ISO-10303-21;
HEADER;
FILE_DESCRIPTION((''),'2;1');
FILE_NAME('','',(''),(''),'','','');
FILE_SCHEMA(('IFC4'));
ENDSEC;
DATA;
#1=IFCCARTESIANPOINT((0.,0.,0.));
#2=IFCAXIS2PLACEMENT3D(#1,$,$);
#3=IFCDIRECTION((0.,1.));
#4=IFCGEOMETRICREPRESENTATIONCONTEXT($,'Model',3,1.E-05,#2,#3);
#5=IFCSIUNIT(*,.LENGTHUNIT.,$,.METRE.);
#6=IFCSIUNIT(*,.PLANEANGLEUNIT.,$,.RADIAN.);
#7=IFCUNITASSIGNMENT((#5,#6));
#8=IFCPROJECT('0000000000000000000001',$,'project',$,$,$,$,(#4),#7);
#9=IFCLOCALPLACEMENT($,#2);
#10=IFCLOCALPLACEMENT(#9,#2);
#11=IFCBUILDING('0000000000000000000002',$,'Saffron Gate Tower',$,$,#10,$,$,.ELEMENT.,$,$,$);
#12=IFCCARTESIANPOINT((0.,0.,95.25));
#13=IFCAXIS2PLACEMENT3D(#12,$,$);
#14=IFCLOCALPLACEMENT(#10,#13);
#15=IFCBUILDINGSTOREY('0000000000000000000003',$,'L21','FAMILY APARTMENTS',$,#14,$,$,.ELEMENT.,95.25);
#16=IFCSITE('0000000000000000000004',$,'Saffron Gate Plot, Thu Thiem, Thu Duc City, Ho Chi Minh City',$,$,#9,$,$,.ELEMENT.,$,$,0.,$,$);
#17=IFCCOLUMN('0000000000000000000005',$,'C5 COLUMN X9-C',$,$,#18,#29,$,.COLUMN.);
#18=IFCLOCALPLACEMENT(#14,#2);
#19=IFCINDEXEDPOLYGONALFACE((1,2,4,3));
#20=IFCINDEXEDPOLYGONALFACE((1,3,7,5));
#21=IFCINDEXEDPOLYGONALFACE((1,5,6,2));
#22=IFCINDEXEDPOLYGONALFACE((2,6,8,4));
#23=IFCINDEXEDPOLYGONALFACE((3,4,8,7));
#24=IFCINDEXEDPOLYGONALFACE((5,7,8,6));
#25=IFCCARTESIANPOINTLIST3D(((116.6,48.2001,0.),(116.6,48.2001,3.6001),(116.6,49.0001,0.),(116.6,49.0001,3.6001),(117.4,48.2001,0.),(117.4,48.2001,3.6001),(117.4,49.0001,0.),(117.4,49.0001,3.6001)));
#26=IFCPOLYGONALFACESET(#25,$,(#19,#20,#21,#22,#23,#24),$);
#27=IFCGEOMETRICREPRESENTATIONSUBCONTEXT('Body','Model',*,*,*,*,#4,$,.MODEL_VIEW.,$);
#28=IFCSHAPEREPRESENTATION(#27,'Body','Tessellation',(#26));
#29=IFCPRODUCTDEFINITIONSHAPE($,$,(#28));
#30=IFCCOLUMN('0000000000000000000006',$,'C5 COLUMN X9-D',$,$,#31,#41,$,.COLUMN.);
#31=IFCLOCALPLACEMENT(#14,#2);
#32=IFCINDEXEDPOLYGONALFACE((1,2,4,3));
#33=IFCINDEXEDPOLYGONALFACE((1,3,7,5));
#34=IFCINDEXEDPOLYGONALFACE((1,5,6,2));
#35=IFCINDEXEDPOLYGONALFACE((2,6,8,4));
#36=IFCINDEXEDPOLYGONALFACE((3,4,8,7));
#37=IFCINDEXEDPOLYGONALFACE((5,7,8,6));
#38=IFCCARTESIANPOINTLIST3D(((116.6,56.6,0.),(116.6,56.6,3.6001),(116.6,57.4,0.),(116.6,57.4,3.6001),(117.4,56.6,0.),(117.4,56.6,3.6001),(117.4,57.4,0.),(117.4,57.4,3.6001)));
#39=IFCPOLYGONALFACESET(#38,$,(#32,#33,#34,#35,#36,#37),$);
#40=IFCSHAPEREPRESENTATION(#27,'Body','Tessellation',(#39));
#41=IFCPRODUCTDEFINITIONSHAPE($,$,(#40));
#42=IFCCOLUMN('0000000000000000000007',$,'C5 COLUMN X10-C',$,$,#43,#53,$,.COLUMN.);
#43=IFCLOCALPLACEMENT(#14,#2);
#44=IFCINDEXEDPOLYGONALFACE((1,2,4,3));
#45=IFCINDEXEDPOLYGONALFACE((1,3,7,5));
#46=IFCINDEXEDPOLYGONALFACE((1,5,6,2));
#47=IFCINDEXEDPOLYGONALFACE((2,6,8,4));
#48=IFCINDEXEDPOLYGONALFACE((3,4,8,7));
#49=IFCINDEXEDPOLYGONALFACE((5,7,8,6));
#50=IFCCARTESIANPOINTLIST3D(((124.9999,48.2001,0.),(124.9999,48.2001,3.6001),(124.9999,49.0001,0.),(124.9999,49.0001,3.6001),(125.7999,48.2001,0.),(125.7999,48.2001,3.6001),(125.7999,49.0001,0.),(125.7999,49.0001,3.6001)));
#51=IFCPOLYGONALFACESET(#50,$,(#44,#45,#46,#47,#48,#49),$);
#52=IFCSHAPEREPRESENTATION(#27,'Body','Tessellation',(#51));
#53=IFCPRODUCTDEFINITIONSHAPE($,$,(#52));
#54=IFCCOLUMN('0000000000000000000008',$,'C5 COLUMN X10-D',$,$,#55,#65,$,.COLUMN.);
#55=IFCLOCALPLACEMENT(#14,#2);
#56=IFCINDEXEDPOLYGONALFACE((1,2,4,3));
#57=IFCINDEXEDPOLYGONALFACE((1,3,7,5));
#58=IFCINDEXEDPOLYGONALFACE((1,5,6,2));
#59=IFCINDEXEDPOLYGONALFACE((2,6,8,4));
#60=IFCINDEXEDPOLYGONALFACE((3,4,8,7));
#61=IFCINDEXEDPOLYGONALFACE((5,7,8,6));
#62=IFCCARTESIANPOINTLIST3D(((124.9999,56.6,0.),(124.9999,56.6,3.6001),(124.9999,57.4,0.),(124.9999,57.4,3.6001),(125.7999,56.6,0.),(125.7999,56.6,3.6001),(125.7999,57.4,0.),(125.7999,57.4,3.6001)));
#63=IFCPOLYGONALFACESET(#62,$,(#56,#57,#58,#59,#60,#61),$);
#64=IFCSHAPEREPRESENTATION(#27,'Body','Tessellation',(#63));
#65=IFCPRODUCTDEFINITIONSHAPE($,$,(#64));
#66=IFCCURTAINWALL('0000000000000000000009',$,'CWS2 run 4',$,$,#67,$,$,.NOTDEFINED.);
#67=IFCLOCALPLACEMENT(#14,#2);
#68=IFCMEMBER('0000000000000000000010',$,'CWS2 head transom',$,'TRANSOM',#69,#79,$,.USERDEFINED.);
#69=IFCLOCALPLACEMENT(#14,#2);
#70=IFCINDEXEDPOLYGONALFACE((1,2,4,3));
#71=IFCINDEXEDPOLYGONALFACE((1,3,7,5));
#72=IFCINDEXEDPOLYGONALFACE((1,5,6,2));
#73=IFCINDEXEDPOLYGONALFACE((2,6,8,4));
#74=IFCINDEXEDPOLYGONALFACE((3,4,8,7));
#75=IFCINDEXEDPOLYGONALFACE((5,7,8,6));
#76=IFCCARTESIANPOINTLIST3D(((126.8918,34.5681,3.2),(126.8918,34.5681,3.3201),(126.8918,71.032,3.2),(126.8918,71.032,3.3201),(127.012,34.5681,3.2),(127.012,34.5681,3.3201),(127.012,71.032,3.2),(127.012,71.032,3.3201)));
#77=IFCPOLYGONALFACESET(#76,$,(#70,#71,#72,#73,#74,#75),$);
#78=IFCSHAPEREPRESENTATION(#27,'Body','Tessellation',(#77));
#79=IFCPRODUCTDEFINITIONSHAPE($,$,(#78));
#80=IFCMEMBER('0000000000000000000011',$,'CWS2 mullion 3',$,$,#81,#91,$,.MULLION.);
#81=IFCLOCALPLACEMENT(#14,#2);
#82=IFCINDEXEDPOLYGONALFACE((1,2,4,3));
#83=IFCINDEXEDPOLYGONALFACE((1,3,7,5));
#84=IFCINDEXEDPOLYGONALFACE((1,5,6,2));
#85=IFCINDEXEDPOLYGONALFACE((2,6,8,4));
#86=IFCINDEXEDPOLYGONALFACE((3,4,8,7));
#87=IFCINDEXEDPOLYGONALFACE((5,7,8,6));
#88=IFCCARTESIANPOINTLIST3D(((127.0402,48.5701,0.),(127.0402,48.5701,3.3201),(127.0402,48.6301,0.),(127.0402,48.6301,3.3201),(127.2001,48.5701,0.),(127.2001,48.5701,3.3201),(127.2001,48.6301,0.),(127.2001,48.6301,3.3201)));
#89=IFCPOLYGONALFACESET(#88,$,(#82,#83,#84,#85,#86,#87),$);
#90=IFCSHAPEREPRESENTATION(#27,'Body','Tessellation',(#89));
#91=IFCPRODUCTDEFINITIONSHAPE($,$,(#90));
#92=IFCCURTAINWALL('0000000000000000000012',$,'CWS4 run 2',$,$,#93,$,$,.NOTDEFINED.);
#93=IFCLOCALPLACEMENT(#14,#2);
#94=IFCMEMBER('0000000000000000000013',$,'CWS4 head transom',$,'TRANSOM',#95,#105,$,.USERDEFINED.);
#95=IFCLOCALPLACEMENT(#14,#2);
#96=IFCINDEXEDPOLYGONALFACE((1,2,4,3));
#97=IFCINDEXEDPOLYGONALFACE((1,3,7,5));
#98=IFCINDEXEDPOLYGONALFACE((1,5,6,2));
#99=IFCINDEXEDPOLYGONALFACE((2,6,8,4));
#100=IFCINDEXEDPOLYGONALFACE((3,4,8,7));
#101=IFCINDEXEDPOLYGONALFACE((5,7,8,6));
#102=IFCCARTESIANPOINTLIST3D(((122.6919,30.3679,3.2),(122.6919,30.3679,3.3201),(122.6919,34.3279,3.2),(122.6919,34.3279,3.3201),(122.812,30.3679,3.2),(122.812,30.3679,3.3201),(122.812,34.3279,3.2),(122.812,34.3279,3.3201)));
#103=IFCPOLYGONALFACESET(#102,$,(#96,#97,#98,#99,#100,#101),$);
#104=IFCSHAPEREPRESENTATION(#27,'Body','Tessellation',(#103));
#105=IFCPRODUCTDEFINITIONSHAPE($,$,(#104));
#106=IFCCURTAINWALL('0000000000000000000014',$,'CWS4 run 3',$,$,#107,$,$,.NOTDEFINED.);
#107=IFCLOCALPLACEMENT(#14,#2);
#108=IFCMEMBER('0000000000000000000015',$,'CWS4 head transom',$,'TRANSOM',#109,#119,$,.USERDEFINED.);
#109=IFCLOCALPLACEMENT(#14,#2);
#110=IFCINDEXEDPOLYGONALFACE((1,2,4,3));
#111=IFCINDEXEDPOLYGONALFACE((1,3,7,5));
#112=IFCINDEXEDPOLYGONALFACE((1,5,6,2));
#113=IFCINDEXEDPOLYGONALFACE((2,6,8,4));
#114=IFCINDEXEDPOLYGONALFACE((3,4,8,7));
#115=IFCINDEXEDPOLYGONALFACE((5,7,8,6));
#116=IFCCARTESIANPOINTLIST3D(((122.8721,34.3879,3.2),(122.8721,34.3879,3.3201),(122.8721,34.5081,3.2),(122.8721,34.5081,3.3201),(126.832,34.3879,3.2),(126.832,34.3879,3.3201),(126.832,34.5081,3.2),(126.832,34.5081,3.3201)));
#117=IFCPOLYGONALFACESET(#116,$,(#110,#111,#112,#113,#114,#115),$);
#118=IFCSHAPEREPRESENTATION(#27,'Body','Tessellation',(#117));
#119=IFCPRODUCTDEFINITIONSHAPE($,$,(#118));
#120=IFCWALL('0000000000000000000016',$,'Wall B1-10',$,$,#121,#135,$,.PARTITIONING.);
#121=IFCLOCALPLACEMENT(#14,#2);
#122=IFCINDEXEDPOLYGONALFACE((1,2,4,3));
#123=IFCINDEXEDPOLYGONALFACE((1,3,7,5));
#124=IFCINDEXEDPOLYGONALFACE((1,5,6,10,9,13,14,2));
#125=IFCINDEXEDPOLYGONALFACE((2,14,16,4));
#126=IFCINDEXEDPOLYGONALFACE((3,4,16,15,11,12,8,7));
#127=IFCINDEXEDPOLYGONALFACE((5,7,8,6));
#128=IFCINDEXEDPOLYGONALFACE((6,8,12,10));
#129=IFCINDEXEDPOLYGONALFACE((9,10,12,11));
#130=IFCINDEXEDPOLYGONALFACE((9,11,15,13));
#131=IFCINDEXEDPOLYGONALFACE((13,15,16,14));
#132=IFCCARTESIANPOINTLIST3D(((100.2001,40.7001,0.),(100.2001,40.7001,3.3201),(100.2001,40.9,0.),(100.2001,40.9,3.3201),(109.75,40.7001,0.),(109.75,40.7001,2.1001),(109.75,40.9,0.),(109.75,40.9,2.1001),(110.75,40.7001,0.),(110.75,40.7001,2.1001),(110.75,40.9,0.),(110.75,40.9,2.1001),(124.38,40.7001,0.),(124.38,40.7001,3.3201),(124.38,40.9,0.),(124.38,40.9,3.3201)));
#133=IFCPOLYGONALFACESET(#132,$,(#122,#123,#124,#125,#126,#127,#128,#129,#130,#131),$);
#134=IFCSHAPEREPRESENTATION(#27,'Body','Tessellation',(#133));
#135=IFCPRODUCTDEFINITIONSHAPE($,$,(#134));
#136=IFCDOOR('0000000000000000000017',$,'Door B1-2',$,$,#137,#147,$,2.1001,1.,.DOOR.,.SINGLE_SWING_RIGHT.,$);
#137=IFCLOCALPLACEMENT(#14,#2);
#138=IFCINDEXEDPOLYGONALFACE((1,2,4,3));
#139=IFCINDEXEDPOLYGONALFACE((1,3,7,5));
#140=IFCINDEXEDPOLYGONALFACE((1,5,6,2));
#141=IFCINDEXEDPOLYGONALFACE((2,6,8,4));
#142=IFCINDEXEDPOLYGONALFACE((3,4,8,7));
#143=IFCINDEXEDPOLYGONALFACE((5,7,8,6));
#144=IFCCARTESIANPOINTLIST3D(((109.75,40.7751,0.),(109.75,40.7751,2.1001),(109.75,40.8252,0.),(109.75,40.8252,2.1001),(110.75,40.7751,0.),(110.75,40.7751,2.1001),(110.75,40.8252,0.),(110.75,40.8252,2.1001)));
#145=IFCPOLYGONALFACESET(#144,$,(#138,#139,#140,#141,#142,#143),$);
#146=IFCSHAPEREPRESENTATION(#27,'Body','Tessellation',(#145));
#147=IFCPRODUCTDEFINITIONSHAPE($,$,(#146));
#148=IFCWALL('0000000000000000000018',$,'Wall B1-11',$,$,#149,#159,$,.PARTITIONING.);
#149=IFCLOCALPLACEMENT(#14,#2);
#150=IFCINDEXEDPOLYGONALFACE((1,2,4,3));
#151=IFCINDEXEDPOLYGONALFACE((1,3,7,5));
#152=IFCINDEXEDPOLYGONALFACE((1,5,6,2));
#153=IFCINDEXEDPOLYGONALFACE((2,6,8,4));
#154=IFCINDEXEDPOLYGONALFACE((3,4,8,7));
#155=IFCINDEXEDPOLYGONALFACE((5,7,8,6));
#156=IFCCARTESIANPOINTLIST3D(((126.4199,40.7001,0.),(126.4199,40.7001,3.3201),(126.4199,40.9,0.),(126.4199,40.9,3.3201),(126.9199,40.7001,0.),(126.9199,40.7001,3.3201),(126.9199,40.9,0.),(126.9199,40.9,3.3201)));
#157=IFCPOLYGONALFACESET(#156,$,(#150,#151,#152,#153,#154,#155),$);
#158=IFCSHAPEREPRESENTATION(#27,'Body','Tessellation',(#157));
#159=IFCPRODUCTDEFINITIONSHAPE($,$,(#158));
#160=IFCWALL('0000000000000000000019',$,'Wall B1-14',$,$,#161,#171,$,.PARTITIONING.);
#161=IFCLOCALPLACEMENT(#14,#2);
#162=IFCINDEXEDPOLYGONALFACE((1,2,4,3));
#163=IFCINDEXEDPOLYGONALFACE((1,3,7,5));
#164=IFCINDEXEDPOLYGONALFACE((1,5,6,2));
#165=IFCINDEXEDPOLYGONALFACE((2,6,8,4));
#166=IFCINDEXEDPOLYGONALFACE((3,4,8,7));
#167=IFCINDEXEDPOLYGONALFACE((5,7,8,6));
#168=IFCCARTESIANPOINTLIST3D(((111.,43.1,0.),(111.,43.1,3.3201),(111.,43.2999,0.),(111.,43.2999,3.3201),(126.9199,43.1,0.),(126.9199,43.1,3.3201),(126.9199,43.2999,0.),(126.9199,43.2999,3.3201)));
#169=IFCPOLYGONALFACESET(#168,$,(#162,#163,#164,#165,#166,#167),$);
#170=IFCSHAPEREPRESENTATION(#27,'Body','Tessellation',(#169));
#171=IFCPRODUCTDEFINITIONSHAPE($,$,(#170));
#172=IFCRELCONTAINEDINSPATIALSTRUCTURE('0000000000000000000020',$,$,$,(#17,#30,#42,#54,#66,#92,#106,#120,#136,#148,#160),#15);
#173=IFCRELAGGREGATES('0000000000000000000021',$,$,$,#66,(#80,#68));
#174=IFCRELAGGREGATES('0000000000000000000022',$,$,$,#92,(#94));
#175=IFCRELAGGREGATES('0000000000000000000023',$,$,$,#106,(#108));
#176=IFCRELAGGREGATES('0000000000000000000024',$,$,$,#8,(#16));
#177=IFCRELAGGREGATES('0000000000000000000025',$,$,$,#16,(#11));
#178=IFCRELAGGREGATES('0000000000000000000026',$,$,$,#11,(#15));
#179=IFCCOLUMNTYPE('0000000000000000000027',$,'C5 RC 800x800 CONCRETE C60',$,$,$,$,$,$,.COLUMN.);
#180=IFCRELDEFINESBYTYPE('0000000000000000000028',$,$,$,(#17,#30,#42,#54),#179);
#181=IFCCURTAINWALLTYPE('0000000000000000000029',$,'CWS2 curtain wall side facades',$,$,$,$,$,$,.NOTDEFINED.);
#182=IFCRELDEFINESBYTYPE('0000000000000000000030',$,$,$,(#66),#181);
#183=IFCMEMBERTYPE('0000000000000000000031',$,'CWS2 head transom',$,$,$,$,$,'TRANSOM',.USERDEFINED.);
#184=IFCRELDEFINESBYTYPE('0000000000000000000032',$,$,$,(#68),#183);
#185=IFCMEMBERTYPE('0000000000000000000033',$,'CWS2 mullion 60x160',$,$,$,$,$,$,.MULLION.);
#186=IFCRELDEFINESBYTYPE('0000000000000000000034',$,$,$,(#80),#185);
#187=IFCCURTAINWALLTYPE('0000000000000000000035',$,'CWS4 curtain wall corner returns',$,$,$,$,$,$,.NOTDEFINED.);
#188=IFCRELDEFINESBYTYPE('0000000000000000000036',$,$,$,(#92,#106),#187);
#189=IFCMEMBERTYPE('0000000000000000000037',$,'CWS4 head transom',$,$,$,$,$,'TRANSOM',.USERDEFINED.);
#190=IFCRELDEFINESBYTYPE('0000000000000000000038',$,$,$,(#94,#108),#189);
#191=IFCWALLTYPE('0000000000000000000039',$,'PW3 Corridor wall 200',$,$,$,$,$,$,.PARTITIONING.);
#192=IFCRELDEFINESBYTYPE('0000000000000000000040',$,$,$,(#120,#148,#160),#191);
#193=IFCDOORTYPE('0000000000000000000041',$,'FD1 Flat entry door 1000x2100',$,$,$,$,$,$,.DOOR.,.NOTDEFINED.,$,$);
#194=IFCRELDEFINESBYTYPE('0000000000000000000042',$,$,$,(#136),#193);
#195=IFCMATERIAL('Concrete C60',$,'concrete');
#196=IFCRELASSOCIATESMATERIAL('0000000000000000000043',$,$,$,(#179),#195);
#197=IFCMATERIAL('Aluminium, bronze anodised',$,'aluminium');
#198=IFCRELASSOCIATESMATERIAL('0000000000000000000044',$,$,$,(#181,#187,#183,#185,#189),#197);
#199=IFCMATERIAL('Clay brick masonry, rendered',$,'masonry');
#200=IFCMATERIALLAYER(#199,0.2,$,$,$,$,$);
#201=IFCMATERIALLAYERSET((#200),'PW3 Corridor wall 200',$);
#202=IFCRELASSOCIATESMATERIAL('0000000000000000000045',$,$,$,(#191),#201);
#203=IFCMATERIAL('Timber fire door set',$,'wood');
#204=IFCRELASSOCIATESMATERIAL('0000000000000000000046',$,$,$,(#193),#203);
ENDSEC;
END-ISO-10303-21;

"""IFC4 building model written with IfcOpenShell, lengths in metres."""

from ifc_helpers import new_model, si_unit, direction, frame, frame_2d, origin, origin_2d, place, context, subcontext, project, spatial, rectangle, extrude, material, layer, layer_set, material_profile, profile_set, type_object, element, fill, aggregate, save


model = new_model("IFC4")

# Units and contexts
model_context = context("Model", 3, precision=1e-05, world=origin(), true_north=direction((0.0, 1.0)))
body_context = subcontext(model_context, "Body", "Model", "MODEL_VIEW")
ifc_project = project(units=[si_unit("LENGTHUNIT", "METRE"), si_unit("PLANEANGLEUNIT", "RADIAN")], contexts=[model_context])

# Site, building, storey
site_placement = place(None, origin())
site = spatial("IfcSite", under=ifc_project, at=site_placement, Name="Saffron Gate Plot, Thu Thiem, Thu Duc City, Ho Chi Minh City", CompositionType="ELEMENT", RefElevation=0.0)
building_placement = place(site_placement, origin())
building = spatial("IfcBuilding", under=site, at=building_placement, Name="Saffron Gate Tower", CompositionType="ELEMENT")
storey_placement = place(building_placement, frame((0.0, 0.0, 95.25)))
storey = spatial("IfcBuildingStorey", under=building, at=storey_placement, Name="L21", Description="FAMILY APARTMENTS", CompositionType="ELEMENT", Elevation=95.25)

# Columns
ifc_material_1 = material(Name="Concrete C60", Category="concrete")
ifc_material_profile_1 = material_profile(ifc_material_1, rectangle(XDim=0.8, YDim=0.8, at=origin_2d()))
ifc_profile_set_1 = profile_set([ifc_material_profile_1], Name="Concrete C60")
column_type = type_object("IfcColumnType", Name="C5 RC 800x800 CONCRETE C60", PredefinedType="COLUMN", material=ifc_profile_set_1)
for number, where, z_axis, x_axis, name in (
    (1, (117.0, 48.6001, 0.0), (0.0, 0.0, 1.0), (1.0, 0.0, 0.0), "C5 COLUMN X9-C"),
    (2, (117.0, 57.0, 0.0), (0.0, 0.0, 1.0), (1.0, 0.0, 0.0), "C5 COLUMN X9-D"),
    (3, (125.3999, 48.6001, 0.0), (0.0, 0.0, 1.0), (1.0, 0.0, 0.0), "C5 COLUMN X10-C"),
    (4, (125.3999, 57.0, 0.0), (0.0, 0.0, 1.0), (1.0, 0.0, 0.0), "C5 COLUMN X10-D"),
):
    element("IfcColumn", number, at=place(storey_placement, frame(where, z_axis=z_axis, x_axis=x_axis)), inside=storey, type_object=column_type, Name=name, PredefinedType="COLUMN", context=body_context, shape_type="SweptSolid", body=[
        extrude(rectangle(XDim=0.8, YDim=0.8, at=origin_2d()), origin(), (0.0, 0.0, 1.0), 3.6001),
    ])

# Curtain wall, members
ifc_material_2 = material(Name="Aluminium, bronze anodised", Category="aluminium")
curtain_wall_type_1 = type_object("IfcCurtainWallType", Name="CWS2 curtain wall side facades", PredefinedType="NOTDEFINED", material=ifc_material_2)
curtain_wall_1_placement = place(storey_placement, origin())
curtain_wall_1 = element("IfcCurtainWall", 5, at=curtain_wall_1_placement, inside=storey, type_object=curtain_wall_type_1, Name="CWS2 run 4", PredefinedType="NOTDEFINED")
ifc_material_profile_2 = material_profile(ifc_material_2, rectangle(XDim=0.1201, YDim=0.1201, at=origin_2d()))
ifc_profile_set_2 = profile_set([ifc_material_profile_2], Name="Aluminium, bronze anodised")
member_type_1 = type_object("IfcMemberType", Name="CWS2 head transom", ElementType="TRANSOM", PredefinedType="USERDEFINED", material=ifc_profile_set_2)
member_1_placement = place(storey_placement, frame((126.9519, 34.5681, 3.26), z_axis=(0.0, 1.0, 0.0), x_axis=(-1.0, 0.0, 0.0)))
member_1 = element("IfcMember", 6, at=member_1_placement, type_object=member_type_1, Name="CWS2 head transom", ObjectType="TRANSOM", PredefinedType="USERDEFINED", context=body_context, shape_type="SweptSolid", body=[
    extrude(rectangle(XDim=0.1201, YDim=0.1201, at=origin_2d()), origin(), (0.0, 0.0, 1.0), 36.4639),
])
ifc_material_profile_3 = material_profile(ifc_material_2, rectangle(XDim=0.1599, YDim=0.0601, at=origin_2d()))
ifc_profile_set_3 = profile_set([ifc_material_profile_3], Name="Aluminium, bronze anodised")
member_type_2 = type_object("IfcMemberType", Name="CWS2 mullion 60x160", PredefinedType="MULLION", material=ifc_profile_set_3)
member_2_placement = place(storey_placement, frame((127.1201, 48.6001, 0.0), z_axis=(0.0, 0.0, 1.0), x_axis=(-1.0, 0.0, 0.0)))
member_2 = element("IfcMember", 7, at=member_2_placement, type_object=member_type_2, Name="CWS2 mullion 3", PredefinedType="MULLION", context=body_context, shape_type="SweptSolid", body=[
    extrude(rectangle(XDim=0.1599, YDim=0.0601, at=origin_2d()), origin(), (0.0, 0.0, 1.0), 3.3201),
])
aggregate(curtain_wall_1, [member_2, member_1])

# Curtain walls, members
curtain_wall_type_2 = type_object("IfcCurtainWallType", Name="CWS4 curtain wall corner returns", PredefinedType="NOTDEFINED", material=ifc_material_2)
curtain_wall_2_placement = place(storey_placement, origin())
curtain_wall_2 = element("IfcCurtainWall", 8, at=curtain_wall_2_placement, inside=storey, type_object=curtain_wall_type_2, Name="CWS4 run 2", PredefinedType="NOTDEFINED")
ifc_material_profile_4 = material_profile(ifc_material_2, rectangle(XDim=0.1201, YDim=0.1201, at=origin_2d()))
ifc_profile_set_4 = profile_set([ifc_material_profile_4], Name="Aluminium, bronze anodised")
member_type_3 = type_object("IfcMemberType", Name="CWS4 head transom", ElementType="TRANSOM", PredefinedType="USERDEFINED", material=ifc_profile_set_4)
member_3_placement = place(storey_placement, frame((122.752, 30.3679, 3.26), z_axis=(0.0, 1.0, 0.0), x_axis=(-1.0, 0.0, 0.0)))
member_3 = element("IfcMember", 9, at=member_3_placement, type_object=member_type_3, Name="CWS4 head transom", ObjectType="TRANSOM", PredefinedType="USERDEFINED", context=body_context, shape_type="SweptSolid", body=[
    extrude(rectangle(XDim=0.1201, YDim=0.1201, at=origin_2d()), origin(), (0.0, 0.0, 1.0), 3.96),
])
aggregate(curtain_wall_2, [member_3])
curtain_wall_3_placement = place(storey_placement, origin())
curtain_wall_3 = element("IfcCurtainWall", 10, at=curtain_wall_3_placement, inside=storey, type_object=curtain_wall_type_2, Name="CWS4 run 3", PredefinedType="NOTDEFINED")
member_4_placement = place(storey_placement, frame((122.8721, 34.448, 3.26), z_axis=(1.0, 0.0, 0.0), x_axis=(0.0, 1.0, 0.0)))
member_4 = element("IfcMember", 11, at=member_4_placement, type_object=member_type_3, Name="CWS4 head transom", ObjectType="TRANSOM", PredefinedType="USERDEFINED", context=body_context, shape_type="SweptSolid", body=[
    extrude(rectangle(XDim=0.1201, YDim=0.1201, at=origin_2d()), origin(), (0.0, 0.0, 1.0), 3.96),
])
aggregate(curtain_wall_3, [member_4])

# Wall, opening, door
ifc_material_3 = material(Name="Clay brick masonry, rendered", Category="masonry")
ifc_layer_1 = layer(ifc_material_3, 0.2)
ifc_layer_set_1 = layer_set([ifc_layer_1], Name="PW3 Corridor wall 200")
wall_type_1 = type_object("IfcWallType", Name="PW3 Corridor wall 200", PredefinedType="PARTITIONING", material=ifc_layer_set_1)
wall_1_placement = place(storey_placement, frame((124.3799, 40.8, 0.0), z_axis=(0.0, 0.0, 1.0), x_axis=(-1.0, 0.0, 0.0)))
wall_1 = element("IfcWall", 12, at=wall_1_placement, inside=storey, type_object=wall_type_1, Name="Wall B1-10", PredefinedType="PARTITIONING", context=body_context, shape_type="SweptSolid", body=[
    extrude(rectangle(XDim=24.1799, YDim=0.2, at=frame_2d((12.0898, 0.0))), origin(), (0.0, 0.0, 1.0), 3.3201),
])
opening_1_placement = place(wall_1_placement, frame((13.6299, 0.0, 0.0)))
opening_1 = element("IfcOpeningElement", 13, at=opening_1_placement, cuts=wall_1, PredefinedType="OPENING", context=body_context, shape_type="SweptSolid", body=[
    extrude(rectangle(XDim=1.0, YDim=2.1001, at=frame_2d((0.5, 1.05))), frame((0.0, 0.1099, 0.0), z_axis=(0.0, -1.0, 0.0), x_axis=(1.0, 0.0, 0.0)), (0.0, 0.0, 1.0), 0.22),
])
ifc_material_4 = material(Name="Timber fire door set", Category="wood")
door_type_1 = type_object("IfcDoorType", Name="FD1 Flat entry door 1000x2100", OperationType="NOTDEFINED", PredefinedType="DOOR", material=ifc_material_4)
door_1_placement = place(opening_1_placement, origin())
door_1 = element("IfcDoor", 14, at=door_1_placement, inside=storey, type_object=door_type_1, Name="Door B1-2", OperationType="SINGLE_SWING_RIGHT", OverallHeight=2.1001, OverallWidth=1.0, PredefinedType="DOOR", context=body_context, shape_type="SweptSolid", body=[
    extrude(rectangle(XDim=1.0, YDim=2.1001, at=frame_2d((0.5, 1.05))), frame((0.0, 0.0249, 0.0), z_axis=(0.0, -1.0, 0.0), x_axis=(1.0, 0.0, 0.0)), (0.0, 0.0, 1.0), 0.05),
])
fill(opening_1, door_1)

# Walls
wall_2_placement = place(storey_placement, frame((126.4199, 40.8, 0.0), z_axis=(0.0, 0.0, 1.0), x_axis=(1.0, 0.0, 0.0)))
element("IfcWall", 15, at=wall_2_placement, inside=storey, type_object=wall_type_1, Name="Wall B1-11", PredefinedType="PARTITIONING", context=body_context, shape_type="SweptSolid", body=[
    extrude(rectangle(XDim=0.5, YDim=0.2, at=frame_2d((0.25, 0.0))), origin(), (0.0, 0.0, 1.0), 3.3201),
])
wall_3_placement = place(storey_placement, frame((111.0, 43.2, 0.0), z_axis=(0.0, 0.0, 1.0), x_axis=(1.0, 0.0, 0.0)))
element("IfcWall", 16, at=wall_3_placement, inside=storey, type_object=wall_type_1, Name="Wall B1-14", PredefinedType="PARTITIONING", context=body_context, shape_type="SweptSolid", body=[
    extrude(rectangle(XDim=15.9199, YDim=0.2, at=frame_2d((7.96, 0.0))), origin(), (0.0, 0.0, 1.0), 3.3201),
])

save(model, "model.ifc")
